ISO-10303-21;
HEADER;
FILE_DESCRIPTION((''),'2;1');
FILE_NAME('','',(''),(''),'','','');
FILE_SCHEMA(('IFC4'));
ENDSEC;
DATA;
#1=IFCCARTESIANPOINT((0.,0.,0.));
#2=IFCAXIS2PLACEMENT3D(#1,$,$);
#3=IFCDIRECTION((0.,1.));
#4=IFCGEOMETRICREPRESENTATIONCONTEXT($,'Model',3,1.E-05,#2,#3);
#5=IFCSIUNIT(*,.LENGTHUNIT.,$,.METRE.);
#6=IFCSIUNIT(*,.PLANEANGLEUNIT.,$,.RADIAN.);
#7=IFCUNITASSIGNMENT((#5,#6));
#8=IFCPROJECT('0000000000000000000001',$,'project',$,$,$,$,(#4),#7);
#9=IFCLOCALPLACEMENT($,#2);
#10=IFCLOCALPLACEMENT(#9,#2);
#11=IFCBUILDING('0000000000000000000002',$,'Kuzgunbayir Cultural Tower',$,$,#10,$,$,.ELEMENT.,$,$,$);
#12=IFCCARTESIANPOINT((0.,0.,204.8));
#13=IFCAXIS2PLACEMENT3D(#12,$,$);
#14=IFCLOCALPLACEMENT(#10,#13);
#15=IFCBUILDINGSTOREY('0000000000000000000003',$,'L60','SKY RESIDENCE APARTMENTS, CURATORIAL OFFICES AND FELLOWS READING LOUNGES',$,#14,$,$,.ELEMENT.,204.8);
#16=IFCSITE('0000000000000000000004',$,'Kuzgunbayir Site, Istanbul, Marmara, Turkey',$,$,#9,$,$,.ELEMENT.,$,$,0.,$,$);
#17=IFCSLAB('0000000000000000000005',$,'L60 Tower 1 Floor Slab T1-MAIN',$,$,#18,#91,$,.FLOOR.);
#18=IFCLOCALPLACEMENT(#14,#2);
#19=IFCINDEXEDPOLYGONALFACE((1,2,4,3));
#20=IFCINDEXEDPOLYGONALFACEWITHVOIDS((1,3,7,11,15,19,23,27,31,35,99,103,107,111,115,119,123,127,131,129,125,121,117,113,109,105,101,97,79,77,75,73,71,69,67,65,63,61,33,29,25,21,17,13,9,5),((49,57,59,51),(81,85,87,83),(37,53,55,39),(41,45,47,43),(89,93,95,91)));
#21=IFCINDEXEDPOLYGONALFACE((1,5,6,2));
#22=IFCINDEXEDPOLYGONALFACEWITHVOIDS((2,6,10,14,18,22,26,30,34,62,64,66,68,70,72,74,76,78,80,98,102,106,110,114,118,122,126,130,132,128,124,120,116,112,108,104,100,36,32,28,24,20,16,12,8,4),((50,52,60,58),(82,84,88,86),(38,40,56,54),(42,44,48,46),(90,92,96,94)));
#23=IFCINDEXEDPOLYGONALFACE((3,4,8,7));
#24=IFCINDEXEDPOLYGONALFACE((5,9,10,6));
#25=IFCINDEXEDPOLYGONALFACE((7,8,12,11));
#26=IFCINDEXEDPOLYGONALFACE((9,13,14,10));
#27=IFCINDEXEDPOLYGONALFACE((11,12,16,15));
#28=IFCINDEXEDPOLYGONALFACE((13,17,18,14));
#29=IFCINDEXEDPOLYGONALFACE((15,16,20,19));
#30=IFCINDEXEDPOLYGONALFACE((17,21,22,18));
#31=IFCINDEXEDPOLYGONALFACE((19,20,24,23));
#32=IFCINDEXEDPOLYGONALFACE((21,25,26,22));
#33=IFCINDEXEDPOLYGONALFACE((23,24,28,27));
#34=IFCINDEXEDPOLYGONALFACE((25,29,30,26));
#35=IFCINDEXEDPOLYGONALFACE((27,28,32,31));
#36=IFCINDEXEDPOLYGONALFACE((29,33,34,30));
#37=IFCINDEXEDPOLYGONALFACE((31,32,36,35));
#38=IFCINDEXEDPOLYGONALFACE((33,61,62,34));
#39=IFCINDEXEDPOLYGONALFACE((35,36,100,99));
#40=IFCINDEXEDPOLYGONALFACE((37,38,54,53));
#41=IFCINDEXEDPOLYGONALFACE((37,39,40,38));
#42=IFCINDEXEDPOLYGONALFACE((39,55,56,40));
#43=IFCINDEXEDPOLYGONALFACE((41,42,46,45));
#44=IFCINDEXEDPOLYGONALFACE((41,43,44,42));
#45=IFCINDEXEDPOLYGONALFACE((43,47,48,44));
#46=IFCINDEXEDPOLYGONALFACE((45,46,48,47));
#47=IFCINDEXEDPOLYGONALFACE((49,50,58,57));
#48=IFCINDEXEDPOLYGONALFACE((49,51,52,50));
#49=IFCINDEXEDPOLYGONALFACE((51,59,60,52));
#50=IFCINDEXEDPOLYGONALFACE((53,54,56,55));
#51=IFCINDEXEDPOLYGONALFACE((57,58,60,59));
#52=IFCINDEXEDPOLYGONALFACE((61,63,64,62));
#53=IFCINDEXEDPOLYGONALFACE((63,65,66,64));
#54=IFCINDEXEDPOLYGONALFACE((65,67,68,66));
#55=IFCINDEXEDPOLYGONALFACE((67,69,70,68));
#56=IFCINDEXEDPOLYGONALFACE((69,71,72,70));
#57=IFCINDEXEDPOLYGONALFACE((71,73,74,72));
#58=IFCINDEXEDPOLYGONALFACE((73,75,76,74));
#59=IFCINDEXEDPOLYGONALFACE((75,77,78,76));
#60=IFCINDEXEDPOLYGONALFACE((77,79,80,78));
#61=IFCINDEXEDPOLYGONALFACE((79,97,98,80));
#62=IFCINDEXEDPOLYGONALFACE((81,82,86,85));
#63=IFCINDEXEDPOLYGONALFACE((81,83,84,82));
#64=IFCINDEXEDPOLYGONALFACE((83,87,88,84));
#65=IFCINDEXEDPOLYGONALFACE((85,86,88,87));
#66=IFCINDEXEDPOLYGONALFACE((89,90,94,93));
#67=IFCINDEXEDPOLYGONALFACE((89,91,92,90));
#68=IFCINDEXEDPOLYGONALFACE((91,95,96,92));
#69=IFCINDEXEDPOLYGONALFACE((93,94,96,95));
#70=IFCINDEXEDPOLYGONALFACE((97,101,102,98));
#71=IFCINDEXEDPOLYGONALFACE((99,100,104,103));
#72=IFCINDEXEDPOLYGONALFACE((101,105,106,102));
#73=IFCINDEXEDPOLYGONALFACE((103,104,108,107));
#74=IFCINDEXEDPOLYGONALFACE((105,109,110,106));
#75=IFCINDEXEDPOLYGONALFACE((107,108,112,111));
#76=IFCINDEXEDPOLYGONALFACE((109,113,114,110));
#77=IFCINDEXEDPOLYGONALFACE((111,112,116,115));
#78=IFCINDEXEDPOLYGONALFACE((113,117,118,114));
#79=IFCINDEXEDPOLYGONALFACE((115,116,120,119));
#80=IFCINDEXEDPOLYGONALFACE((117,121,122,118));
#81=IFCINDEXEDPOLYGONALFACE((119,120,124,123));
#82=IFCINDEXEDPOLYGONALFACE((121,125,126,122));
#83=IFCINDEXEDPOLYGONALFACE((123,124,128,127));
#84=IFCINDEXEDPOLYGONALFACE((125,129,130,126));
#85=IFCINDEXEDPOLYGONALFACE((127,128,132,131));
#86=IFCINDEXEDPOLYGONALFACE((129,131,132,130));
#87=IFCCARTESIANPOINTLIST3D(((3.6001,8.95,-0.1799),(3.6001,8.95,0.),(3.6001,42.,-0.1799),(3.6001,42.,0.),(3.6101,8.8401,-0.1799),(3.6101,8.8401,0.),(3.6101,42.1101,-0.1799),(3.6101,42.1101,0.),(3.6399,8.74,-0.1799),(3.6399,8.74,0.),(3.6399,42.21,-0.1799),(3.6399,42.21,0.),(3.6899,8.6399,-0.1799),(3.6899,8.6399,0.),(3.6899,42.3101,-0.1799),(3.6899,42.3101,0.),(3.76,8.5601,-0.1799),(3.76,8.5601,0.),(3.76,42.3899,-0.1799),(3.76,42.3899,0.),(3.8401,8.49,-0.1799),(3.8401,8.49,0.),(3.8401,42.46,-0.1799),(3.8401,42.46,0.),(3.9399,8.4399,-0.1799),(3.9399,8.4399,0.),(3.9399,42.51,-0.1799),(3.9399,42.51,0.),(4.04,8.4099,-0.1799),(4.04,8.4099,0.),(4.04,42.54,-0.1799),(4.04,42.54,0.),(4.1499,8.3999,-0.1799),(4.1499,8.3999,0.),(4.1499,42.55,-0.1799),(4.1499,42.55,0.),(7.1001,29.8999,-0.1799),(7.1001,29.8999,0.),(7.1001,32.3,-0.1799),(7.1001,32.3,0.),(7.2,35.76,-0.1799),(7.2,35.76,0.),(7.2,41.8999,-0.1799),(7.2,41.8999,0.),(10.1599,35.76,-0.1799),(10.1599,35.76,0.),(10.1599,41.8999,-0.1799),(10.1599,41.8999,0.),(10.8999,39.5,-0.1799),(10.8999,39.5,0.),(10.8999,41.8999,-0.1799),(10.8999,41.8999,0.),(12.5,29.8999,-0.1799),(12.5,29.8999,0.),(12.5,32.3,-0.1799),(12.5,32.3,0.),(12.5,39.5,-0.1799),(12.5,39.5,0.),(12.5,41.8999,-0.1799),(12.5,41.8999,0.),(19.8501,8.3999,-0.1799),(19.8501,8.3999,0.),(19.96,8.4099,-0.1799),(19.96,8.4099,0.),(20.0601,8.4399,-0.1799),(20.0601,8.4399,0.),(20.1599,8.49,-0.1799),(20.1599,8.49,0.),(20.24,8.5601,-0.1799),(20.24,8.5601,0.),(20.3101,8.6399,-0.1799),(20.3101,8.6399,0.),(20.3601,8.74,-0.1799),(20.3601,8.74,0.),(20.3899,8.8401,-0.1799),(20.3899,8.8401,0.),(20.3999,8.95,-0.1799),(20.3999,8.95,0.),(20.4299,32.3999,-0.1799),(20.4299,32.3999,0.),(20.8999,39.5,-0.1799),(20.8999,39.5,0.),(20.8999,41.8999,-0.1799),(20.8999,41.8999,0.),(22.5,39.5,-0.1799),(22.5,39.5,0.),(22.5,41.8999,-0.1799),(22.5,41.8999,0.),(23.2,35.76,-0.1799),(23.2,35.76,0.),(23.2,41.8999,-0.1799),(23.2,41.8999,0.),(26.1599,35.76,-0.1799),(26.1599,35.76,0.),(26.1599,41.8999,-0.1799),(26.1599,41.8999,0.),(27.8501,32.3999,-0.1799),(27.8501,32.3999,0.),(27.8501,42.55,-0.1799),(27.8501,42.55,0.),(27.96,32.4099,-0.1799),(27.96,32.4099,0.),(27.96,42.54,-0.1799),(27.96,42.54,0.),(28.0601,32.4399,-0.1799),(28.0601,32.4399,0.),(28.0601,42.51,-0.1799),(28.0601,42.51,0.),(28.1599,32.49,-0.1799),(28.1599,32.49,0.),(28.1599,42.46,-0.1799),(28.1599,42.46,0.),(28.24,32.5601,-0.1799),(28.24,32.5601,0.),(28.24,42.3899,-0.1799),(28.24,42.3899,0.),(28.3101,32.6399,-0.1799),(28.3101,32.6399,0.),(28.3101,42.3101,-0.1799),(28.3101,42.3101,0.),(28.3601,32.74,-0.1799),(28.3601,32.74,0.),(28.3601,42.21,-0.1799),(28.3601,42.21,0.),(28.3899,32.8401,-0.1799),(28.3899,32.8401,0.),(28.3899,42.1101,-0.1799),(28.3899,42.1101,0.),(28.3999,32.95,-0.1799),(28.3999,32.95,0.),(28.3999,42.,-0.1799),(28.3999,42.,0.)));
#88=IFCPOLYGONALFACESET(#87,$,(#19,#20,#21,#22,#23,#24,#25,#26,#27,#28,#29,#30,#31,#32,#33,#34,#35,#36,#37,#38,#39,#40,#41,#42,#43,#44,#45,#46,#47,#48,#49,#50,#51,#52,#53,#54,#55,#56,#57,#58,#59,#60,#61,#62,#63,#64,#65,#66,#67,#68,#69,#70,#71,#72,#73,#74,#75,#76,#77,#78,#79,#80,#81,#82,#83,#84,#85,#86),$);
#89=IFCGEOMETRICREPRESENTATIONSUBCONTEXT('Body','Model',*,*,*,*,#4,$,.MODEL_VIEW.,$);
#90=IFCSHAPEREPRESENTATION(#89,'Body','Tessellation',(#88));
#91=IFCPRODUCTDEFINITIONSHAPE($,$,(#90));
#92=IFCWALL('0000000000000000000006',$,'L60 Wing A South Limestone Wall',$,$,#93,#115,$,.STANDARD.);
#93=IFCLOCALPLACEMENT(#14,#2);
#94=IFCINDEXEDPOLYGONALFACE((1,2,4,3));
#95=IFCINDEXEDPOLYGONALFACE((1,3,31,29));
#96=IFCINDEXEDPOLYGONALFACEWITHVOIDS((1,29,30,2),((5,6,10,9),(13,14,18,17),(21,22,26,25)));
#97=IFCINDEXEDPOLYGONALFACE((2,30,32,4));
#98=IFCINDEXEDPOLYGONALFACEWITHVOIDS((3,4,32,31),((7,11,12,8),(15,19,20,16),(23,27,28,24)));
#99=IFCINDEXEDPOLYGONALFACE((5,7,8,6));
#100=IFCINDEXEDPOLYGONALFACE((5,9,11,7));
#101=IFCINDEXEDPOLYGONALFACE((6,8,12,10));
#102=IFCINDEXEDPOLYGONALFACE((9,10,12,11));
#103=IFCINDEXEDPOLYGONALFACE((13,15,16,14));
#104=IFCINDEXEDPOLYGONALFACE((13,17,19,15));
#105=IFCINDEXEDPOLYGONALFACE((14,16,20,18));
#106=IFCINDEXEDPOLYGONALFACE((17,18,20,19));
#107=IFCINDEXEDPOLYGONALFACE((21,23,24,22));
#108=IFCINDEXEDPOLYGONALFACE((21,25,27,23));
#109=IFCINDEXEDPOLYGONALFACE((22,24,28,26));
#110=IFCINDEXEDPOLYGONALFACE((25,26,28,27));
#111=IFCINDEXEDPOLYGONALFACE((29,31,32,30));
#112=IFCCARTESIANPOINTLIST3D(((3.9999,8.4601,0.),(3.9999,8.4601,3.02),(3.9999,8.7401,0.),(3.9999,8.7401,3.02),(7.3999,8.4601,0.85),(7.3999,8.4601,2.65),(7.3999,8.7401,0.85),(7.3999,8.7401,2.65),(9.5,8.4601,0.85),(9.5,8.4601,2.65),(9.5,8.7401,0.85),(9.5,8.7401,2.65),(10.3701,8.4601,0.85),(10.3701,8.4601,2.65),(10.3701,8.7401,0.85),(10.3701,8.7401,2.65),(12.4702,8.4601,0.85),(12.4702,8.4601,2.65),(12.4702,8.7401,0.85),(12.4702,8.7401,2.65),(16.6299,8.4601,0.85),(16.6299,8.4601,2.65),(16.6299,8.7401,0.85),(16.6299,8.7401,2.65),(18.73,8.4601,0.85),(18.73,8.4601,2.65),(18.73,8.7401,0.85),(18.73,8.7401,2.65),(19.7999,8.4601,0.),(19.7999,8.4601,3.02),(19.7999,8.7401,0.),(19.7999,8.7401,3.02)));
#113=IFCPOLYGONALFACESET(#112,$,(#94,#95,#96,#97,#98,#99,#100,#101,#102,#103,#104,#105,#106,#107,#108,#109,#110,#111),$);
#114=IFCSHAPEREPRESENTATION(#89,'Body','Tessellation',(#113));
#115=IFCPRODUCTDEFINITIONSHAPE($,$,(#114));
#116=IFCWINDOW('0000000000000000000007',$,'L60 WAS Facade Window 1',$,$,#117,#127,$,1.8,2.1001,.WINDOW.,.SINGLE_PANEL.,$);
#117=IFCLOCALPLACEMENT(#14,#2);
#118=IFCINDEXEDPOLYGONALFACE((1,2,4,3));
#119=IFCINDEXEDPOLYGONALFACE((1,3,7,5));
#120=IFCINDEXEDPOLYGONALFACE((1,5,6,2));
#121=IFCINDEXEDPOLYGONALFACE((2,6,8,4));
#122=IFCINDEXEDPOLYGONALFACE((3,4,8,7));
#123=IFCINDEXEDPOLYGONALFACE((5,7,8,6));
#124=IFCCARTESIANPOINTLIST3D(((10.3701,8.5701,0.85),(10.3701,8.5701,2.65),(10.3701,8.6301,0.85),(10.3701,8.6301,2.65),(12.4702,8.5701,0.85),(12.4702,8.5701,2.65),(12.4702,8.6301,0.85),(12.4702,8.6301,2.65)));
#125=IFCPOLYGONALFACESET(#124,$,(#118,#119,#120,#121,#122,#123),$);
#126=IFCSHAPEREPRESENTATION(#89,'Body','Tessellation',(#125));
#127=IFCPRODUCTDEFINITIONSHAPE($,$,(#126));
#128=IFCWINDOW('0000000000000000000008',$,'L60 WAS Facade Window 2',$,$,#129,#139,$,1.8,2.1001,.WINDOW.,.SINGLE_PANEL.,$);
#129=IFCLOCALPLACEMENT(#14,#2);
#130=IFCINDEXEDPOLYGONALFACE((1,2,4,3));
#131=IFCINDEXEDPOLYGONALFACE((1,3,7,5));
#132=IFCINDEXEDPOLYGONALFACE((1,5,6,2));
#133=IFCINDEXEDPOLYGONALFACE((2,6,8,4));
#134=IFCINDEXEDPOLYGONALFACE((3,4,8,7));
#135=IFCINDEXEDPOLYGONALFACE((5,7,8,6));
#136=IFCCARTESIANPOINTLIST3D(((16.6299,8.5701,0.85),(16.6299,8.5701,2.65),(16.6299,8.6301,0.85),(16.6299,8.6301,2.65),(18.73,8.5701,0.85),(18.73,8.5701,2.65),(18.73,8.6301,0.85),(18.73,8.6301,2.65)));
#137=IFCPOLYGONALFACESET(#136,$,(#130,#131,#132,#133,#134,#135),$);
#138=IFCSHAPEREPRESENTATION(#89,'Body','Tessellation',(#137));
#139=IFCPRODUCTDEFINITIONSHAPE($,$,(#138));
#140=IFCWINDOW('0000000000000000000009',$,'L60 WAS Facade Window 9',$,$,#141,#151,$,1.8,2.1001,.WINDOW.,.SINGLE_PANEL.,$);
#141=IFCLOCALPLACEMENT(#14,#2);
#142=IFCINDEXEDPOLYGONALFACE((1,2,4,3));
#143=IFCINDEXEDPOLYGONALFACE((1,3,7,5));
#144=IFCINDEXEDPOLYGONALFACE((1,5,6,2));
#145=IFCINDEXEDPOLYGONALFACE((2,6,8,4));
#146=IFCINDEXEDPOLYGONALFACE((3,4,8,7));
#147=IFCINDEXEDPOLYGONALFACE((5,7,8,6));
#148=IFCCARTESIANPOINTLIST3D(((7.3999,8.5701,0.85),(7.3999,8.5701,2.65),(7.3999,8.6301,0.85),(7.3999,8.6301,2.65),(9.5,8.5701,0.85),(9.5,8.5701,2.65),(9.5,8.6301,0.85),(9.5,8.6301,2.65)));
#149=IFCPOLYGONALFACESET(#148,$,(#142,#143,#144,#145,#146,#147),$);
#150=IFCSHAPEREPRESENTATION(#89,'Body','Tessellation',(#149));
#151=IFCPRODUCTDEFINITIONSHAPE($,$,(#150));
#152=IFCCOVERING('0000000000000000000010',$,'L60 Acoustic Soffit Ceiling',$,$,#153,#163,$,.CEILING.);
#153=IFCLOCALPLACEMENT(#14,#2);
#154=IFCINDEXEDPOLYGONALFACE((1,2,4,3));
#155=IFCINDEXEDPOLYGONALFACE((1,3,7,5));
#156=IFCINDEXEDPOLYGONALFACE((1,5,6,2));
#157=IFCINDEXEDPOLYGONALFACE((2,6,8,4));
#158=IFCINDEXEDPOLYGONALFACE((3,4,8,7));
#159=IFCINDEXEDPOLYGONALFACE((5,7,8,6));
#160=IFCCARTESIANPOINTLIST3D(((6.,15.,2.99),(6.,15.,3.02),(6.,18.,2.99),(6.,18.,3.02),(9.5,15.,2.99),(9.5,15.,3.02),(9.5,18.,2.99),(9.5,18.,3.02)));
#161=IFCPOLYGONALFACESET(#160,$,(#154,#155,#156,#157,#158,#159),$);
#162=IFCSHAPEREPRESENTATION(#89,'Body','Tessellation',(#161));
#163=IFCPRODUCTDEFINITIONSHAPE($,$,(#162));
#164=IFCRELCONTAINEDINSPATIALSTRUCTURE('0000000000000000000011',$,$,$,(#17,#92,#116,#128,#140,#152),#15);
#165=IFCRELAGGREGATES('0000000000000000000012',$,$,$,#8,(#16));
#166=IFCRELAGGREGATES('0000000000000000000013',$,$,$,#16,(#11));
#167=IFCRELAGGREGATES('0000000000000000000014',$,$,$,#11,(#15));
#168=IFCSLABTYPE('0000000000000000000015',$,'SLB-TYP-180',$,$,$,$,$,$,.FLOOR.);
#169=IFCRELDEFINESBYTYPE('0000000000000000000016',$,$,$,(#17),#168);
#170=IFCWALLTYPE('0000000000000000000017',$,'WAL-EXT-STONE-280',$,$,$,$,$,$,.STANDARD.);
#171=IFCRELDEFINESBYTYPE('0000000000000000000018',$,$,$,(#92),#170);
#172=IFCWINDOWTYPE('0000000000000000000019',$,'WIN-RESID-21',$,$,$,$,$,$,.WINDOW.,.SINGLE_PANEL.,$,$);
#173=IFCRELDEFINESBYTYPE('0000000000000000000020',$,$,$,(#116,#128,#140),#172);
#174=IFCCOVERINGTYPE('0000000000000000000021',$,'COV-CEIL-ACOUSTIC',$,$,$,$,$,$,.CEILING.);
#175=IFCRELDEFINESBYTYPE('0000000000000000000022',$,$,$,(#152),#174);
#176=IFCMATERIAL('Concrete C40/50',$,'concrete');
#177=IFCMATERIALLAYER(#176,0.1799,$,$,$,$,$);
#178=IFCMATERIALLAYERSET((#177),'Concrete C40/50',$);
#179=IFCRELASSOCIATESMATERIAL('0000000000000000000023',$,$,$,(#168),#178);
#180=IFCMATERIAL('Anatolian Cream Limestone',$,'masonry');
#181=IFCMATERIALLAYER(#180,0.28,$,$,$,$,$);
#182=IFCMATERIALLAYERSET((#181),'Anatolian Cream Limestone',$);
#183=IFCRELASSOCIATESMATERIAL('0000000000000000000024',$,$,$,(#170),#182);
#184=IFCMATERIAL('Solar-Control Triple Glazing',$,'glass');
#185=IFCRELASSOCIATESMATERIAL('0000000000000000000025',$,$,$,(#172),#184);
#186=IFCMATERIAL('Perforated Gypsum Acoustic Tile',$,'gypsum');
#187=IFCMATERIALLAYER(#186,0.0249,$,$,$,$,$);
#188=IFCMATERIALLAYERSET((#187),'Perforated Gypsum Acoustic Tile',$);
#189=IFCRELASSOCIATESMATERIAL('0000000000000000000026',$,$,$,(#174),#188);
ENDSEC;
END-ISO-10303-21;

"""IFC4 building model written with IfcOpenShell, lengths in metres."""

from ifc_helpers import new_model, si_unit, direction, frame, frame_2d, origin, place, context, subcontext, project, spatial, polyline, rectangle, outline, extrude, material, layer, layer_set, type_object, element, fill, save


model = new_model("IFC4")

# Units and contexts
model_context = context("Model", 3, precision=1e-05, world=origin(), true_north=direction((0.0, 1.0)))
body_context = subcontext(model_context, "Body", "Model", "MODEL_VIEW")
ifc_project = project(units=[si_unit("LENGTHUNIT", "METRE"), si_unit("PLANEANGLEUNIT", "RADIAN")], contexts=[model_context])

# Site, building, storey
site_placement = place(None, origin())
site = spatial("IfcSite", under=ifc_project, at=site_placement, Name="Kuzgunbayir Site, Istanbul, Marmara, Turkey", CompositionType="ELEMENT", RefElevation=0.0)
building_placement = place(site_placement, origin())
building = spatial("IfcBuilding", under=site, at=building_placement, Name="Kuzgunbayir Cultural Tower", CompositionType="ELEMENT")
storey_placement = place(building_placement, frame((0.0, 0.0, 204.8)))
storey = spatial("IfcBuildingStorey", under=building, at=storey_placement, Name="L60", Description="SKY RESIDENCE APARTMENTS, CURATORIAL OFFICES AND FELLOWS READING LOUNGES", CompositionType="ELEMENT", Elevation=204.8)

# Shared definitions
ifc_material_1 = material(Name="Concrete C40/50", Category="concrete")

# Shared definitions
ifc_material_2 = material(Name="Solar-Control Triple Glazing", Category="glass")

# Slab
ifc_layer_1 = layer(ifc_material_1, 0.1799)
ifc_layer_set_1 = layer_set([ifc_layer_1], Name="Concrete C40/50")
slab_type_1 = type_object("IfcSlabType", Name="SLB-TYP-180", PredefinedType="FLOOR", material=ifc_layer_set_1)
slab_1_placement = place(storey_placement, frame((0.0, 0.0, -0.1799)))
element("IfcSlab", 1, at=slab_1_placement, inside=storey, type_object=slab_type_1, Name="L60 Tower 1 Floor Slab T1-MAIN", PredefinedType="FLOOR", context=body_context, shape_type="SweptSolid", body=[
    extrude(outline(polyline([(20.3999, 8.95), (20.3899, 8.8401), (20.3601, 8.74), (20.3101, 8.6399), (20.24, 8.5601), (20.1599, 8.49), (20.0601, 8.4399), (19.96, 8.4099), (19.8501, 8.3999), (4.1499, 8.3999), (4.04, 8.4099), (3.9399, 8.4399), (3.8401, 8.49), (3.76, 8.5601), (3.6899, 8.6399), (3.6399, 8.74), (3.6101, 8.8401), (3.6001, 8.95), (3.6001, 42.0), (3.6101, 42.1101), (3.6399, 42.21), (3.6899, 42.3101), (3.76, 42.3899), (3.8401, 42.46), (3.9399, 42.51), (4.04, 42.54), (4.1499, 42.55), (27.8501, 42.55), (27.96, 42.54), (28.0601, 42.51), (28.1599, 42.46), (28.24, 42.3899), (28.3101, 42.3101), (28.3601, 42.21), (28.3899, 42.1101), (28.3999, 42.0), (28.3999, 32.95), (28.3899, 32.8401), (28.3601, 32.74), (28.3101, 32.6399), (28.24, 32.5601), (28.1599, 32.49), (28.0601, 32.4399), (27.96, 32.4099), (27.8501, 32.3999), (20.4299, 32.3999), (20.3999, 8.95)]), holes=[polyline([(7.2, 35.76), (7.2, 41.8999), (10.1599, 41.8999), (10.1599, 35.76), (7.2, 35.76)]), polyline([(23.2, 35.76), (23.2, 41.8999), (26.1599, 41.8999), (26.1599, 35.76), (23.2, 35.76)]), polyline([(7.1001, 29.8999), (7.1001, 32.3), (12.5, 32.3), (12.5, 29.8999), (7.1001, 29.8999)]), polyline([(10.8999, 39.5), (10.8999, 41.8999), (12.5, 41.8999), (12.5, 39.5), (10.8999, 39.5)]), polyline([(20.8999, 39.5), (20.8999, 41.8999), (22.5, 41.8999), (22.5, 39.5), (20.8999, 39.5)])]), origin(), (0.0, 0.0, 1.0), 0.1799),
])

# Wall, openings, windows
ifc_material_3 = material(Name="Anatolian Cream Limestone", Category="masonry")
ifc_layer_2 = layer(ifc_material_3, 0.28)
ifc_layer_set_2 = layer_set([ifc_layer_2], Name="Anatolian Cream Limestone")
wall_type = type_object("IfcWallType", Name="WAL-EXT-STONE-280", PredefinedType="STANDARD", material=ifc_layer_set_2)
wall_placement = place(storey_placement, frame((4.0, 8.6001, 0.0), z_axis=(0.0, 0.0, 1.0), x_axis=(1.0, 0.0, 0.0)))
wall = element("IfcWall", 2, at=wall_placement, inside=storey, type_object=wall_type, Name="L60 Wing A South Limestone Wall", PredefinedType="STANDARD", context=body_context, shape_type="SweptSolid", body=[
    extrude(rectangle(XDim=15.8, YDim=0.28, at=frame_2d((7.8999, 0.0))), origin(), (0.0, 0.0, 1.0), 3.02),
])
opening_1_placement = place(wall_placement, frame((6.3701, 0.0, 0.8501)))
opening_1 = element("IfcOpeningElement", 3, at=opening_1_placement, cuts=wall, PredefinedType="OPENING", context=body_context, shape_type="SweptSolid", body=[
    extrude(rectangle(XDim=2.1001, YDim=1.8, at=frame_2d((1.05, 0.8999))), frame((0.0, 0.1499, 0.0), z_axis=(0.0, -1.0, 0.0), x_axis=(1.0, 0.0, 0.0)), (0.0, 0.0, 1.0), 0.3),
])
opening_2_placement = place(wall_placement, frame((12.6299, 0.0, 0.8501)))
opening_2 = element("IfcOpeningElement", 4, at=opening_2_placement, cuts=wall, PredefinedType="OPENING", context=body_context, shape_type="SweptSolid", body=[
    extrude(rectangle(XDim=2.1001, YDim=1.8, at=frame_2d((1.05, 0.8999))), frame((0.0, 0.1499, 0.0), z_axis=(0.0, -1.0, 0.0), x_axis=(1.0, 0.0, 0.0)), (0.0, 0.0, 1.0), 0.3),
])
opening_3_placement = place(wall_placement, frame((3.3999, 0.0, 0.8501)))
opening_3 = element("IfcOpeningElement", 5, at=opening_3_placement, cuts=wall, PredefinedType="OPENING", context=body_context, shape_type="SweptSolid", body=[
    extrude(rectangle(XDim=2.1001, YDim=1.8, at=frame_2d((1.05, 0.8999))), frame((0.0, 0.1499, 0.0), z_axis=(0.0, -1.0, 0.0), x_axis=(1.0, 0.0, 0.0)), (0.0, 0.0, 1.0), 0.3),
])
window_type_1 = type_object("IfcWindowType", Name="WIN-RESID-21", PartitioningType="SINGLE_PANEL", PredefinedType="WINDOW", material=ifc_material_2)
window_1_placement = place(opening_1_placement, origin())
window_1 = element("IfcWindow", 6, at=window_1_placement, inside=storey, type_object=window_type_1, Name="L60 WAS Facade Window 1", OverallHeight=1.8, OverallWidth=2.1001, PartitioningType="SINGLE_PANEL", PredefinedType="WINDOW", context=body_context, shape_type="SweptSolid", body=[
    extrude(rectangle(XDim=2.1001, YDim=1.8, at=frame_2d((1.05, 0.8999))), frame((0.0, 0.03, 0.0), z_axis=(0.0, -1.0, 0.0), x_axis=(1.0, 0.0, 0.0)), (0.0, 0.0, 1.0), 0.0601),
])
fill(opening_1, window_1)
window_2_placement = place(opening_2_placement, origin())
window_2 = element("IfcWindow", 7, at=window_2_placement, inside=storey, type_object=window_type_1, Name="L60 WAS Facade Window 2", OverallHeight=1.8, OverallWidth=2.1001, PartitioningType="SINGLE_PANEL", PredefinedType="WINDOW", context=body_context, shape_type="SweptSolid", body=[
    extrude(rectangle(XDim=2.1001, YDim=1.8, at=frame_2d((1.05, 0.8999))), frame((0.0, 0.03, 0.0), z_axis=(0.0, -1.0, 0.0), x_axis=(1.0, 0.0, 0.0)), (0.0, 0.0, 1.0), 0.0601),
])
fill(opening_2, window_2)
window_3_placement = place(opening_3_placement, origin())
window_3 = element("IfcWindow", 8, at=window_3_placement, inside=storey, type_object=window_type_1, Name="L60 WAS Facade Window 9", OverallHeight=1.8, OverallWidth=2.1001, PartitioningType="SINGLE_PANEL", PredefinedType="WINDOW", context=body_context, shape_type="SweptSolid", body=[
    extrude(rectangle(XDim=2.1001, YDim=1.8, at=frame_2d((1.05, 0.8999))), frame((0.0, 0.03, 0.0), z_axis=(0.0, -1.0, 0.0), x_axis=(1.0, 0.0, 0.0)), (0.0, 0.0, 1.0), 0.0601),
])
fill(opening_3, window_3)

# Covering
ifc_material_4 = material(Name="Perforated Gypsum Acoustic Tile", Category="gypsum")
ifc_layer_3 = layer(ifc_material_4, 0.0249)
ifc_layer_set_3 = layer_set([ifc_layer_3], Name="Perforated Gypsum Acoustic Tile")
covering_type_1 = type_object("IfcCoveringType", Name="COV-CEIL-ACOUSTIC", PredefinedType="CEILING", material=ifc_layer_set_3)
covering_1_placement = place(storey_placement, frame((0.0, 0.0, 2.99)))
element("IfcCovering", 9, at=covering_1_placement, inside=storey, type_object=covering_type_1, Name="L60 Acoustic Soffit Ceiling", PredefinedType="CEILING", context=body_context, shape_type="SweptSolid", body=[
    extrude(outline(polyline([(6.0, 15.0), (9.5, 15.0), (9.5, 18.0), (6.0, 18.0), (6.0, 15.0)])), origin(), (0.0, 0.0, 1.0), 0.03),
])

save(model, "model.ifc")
